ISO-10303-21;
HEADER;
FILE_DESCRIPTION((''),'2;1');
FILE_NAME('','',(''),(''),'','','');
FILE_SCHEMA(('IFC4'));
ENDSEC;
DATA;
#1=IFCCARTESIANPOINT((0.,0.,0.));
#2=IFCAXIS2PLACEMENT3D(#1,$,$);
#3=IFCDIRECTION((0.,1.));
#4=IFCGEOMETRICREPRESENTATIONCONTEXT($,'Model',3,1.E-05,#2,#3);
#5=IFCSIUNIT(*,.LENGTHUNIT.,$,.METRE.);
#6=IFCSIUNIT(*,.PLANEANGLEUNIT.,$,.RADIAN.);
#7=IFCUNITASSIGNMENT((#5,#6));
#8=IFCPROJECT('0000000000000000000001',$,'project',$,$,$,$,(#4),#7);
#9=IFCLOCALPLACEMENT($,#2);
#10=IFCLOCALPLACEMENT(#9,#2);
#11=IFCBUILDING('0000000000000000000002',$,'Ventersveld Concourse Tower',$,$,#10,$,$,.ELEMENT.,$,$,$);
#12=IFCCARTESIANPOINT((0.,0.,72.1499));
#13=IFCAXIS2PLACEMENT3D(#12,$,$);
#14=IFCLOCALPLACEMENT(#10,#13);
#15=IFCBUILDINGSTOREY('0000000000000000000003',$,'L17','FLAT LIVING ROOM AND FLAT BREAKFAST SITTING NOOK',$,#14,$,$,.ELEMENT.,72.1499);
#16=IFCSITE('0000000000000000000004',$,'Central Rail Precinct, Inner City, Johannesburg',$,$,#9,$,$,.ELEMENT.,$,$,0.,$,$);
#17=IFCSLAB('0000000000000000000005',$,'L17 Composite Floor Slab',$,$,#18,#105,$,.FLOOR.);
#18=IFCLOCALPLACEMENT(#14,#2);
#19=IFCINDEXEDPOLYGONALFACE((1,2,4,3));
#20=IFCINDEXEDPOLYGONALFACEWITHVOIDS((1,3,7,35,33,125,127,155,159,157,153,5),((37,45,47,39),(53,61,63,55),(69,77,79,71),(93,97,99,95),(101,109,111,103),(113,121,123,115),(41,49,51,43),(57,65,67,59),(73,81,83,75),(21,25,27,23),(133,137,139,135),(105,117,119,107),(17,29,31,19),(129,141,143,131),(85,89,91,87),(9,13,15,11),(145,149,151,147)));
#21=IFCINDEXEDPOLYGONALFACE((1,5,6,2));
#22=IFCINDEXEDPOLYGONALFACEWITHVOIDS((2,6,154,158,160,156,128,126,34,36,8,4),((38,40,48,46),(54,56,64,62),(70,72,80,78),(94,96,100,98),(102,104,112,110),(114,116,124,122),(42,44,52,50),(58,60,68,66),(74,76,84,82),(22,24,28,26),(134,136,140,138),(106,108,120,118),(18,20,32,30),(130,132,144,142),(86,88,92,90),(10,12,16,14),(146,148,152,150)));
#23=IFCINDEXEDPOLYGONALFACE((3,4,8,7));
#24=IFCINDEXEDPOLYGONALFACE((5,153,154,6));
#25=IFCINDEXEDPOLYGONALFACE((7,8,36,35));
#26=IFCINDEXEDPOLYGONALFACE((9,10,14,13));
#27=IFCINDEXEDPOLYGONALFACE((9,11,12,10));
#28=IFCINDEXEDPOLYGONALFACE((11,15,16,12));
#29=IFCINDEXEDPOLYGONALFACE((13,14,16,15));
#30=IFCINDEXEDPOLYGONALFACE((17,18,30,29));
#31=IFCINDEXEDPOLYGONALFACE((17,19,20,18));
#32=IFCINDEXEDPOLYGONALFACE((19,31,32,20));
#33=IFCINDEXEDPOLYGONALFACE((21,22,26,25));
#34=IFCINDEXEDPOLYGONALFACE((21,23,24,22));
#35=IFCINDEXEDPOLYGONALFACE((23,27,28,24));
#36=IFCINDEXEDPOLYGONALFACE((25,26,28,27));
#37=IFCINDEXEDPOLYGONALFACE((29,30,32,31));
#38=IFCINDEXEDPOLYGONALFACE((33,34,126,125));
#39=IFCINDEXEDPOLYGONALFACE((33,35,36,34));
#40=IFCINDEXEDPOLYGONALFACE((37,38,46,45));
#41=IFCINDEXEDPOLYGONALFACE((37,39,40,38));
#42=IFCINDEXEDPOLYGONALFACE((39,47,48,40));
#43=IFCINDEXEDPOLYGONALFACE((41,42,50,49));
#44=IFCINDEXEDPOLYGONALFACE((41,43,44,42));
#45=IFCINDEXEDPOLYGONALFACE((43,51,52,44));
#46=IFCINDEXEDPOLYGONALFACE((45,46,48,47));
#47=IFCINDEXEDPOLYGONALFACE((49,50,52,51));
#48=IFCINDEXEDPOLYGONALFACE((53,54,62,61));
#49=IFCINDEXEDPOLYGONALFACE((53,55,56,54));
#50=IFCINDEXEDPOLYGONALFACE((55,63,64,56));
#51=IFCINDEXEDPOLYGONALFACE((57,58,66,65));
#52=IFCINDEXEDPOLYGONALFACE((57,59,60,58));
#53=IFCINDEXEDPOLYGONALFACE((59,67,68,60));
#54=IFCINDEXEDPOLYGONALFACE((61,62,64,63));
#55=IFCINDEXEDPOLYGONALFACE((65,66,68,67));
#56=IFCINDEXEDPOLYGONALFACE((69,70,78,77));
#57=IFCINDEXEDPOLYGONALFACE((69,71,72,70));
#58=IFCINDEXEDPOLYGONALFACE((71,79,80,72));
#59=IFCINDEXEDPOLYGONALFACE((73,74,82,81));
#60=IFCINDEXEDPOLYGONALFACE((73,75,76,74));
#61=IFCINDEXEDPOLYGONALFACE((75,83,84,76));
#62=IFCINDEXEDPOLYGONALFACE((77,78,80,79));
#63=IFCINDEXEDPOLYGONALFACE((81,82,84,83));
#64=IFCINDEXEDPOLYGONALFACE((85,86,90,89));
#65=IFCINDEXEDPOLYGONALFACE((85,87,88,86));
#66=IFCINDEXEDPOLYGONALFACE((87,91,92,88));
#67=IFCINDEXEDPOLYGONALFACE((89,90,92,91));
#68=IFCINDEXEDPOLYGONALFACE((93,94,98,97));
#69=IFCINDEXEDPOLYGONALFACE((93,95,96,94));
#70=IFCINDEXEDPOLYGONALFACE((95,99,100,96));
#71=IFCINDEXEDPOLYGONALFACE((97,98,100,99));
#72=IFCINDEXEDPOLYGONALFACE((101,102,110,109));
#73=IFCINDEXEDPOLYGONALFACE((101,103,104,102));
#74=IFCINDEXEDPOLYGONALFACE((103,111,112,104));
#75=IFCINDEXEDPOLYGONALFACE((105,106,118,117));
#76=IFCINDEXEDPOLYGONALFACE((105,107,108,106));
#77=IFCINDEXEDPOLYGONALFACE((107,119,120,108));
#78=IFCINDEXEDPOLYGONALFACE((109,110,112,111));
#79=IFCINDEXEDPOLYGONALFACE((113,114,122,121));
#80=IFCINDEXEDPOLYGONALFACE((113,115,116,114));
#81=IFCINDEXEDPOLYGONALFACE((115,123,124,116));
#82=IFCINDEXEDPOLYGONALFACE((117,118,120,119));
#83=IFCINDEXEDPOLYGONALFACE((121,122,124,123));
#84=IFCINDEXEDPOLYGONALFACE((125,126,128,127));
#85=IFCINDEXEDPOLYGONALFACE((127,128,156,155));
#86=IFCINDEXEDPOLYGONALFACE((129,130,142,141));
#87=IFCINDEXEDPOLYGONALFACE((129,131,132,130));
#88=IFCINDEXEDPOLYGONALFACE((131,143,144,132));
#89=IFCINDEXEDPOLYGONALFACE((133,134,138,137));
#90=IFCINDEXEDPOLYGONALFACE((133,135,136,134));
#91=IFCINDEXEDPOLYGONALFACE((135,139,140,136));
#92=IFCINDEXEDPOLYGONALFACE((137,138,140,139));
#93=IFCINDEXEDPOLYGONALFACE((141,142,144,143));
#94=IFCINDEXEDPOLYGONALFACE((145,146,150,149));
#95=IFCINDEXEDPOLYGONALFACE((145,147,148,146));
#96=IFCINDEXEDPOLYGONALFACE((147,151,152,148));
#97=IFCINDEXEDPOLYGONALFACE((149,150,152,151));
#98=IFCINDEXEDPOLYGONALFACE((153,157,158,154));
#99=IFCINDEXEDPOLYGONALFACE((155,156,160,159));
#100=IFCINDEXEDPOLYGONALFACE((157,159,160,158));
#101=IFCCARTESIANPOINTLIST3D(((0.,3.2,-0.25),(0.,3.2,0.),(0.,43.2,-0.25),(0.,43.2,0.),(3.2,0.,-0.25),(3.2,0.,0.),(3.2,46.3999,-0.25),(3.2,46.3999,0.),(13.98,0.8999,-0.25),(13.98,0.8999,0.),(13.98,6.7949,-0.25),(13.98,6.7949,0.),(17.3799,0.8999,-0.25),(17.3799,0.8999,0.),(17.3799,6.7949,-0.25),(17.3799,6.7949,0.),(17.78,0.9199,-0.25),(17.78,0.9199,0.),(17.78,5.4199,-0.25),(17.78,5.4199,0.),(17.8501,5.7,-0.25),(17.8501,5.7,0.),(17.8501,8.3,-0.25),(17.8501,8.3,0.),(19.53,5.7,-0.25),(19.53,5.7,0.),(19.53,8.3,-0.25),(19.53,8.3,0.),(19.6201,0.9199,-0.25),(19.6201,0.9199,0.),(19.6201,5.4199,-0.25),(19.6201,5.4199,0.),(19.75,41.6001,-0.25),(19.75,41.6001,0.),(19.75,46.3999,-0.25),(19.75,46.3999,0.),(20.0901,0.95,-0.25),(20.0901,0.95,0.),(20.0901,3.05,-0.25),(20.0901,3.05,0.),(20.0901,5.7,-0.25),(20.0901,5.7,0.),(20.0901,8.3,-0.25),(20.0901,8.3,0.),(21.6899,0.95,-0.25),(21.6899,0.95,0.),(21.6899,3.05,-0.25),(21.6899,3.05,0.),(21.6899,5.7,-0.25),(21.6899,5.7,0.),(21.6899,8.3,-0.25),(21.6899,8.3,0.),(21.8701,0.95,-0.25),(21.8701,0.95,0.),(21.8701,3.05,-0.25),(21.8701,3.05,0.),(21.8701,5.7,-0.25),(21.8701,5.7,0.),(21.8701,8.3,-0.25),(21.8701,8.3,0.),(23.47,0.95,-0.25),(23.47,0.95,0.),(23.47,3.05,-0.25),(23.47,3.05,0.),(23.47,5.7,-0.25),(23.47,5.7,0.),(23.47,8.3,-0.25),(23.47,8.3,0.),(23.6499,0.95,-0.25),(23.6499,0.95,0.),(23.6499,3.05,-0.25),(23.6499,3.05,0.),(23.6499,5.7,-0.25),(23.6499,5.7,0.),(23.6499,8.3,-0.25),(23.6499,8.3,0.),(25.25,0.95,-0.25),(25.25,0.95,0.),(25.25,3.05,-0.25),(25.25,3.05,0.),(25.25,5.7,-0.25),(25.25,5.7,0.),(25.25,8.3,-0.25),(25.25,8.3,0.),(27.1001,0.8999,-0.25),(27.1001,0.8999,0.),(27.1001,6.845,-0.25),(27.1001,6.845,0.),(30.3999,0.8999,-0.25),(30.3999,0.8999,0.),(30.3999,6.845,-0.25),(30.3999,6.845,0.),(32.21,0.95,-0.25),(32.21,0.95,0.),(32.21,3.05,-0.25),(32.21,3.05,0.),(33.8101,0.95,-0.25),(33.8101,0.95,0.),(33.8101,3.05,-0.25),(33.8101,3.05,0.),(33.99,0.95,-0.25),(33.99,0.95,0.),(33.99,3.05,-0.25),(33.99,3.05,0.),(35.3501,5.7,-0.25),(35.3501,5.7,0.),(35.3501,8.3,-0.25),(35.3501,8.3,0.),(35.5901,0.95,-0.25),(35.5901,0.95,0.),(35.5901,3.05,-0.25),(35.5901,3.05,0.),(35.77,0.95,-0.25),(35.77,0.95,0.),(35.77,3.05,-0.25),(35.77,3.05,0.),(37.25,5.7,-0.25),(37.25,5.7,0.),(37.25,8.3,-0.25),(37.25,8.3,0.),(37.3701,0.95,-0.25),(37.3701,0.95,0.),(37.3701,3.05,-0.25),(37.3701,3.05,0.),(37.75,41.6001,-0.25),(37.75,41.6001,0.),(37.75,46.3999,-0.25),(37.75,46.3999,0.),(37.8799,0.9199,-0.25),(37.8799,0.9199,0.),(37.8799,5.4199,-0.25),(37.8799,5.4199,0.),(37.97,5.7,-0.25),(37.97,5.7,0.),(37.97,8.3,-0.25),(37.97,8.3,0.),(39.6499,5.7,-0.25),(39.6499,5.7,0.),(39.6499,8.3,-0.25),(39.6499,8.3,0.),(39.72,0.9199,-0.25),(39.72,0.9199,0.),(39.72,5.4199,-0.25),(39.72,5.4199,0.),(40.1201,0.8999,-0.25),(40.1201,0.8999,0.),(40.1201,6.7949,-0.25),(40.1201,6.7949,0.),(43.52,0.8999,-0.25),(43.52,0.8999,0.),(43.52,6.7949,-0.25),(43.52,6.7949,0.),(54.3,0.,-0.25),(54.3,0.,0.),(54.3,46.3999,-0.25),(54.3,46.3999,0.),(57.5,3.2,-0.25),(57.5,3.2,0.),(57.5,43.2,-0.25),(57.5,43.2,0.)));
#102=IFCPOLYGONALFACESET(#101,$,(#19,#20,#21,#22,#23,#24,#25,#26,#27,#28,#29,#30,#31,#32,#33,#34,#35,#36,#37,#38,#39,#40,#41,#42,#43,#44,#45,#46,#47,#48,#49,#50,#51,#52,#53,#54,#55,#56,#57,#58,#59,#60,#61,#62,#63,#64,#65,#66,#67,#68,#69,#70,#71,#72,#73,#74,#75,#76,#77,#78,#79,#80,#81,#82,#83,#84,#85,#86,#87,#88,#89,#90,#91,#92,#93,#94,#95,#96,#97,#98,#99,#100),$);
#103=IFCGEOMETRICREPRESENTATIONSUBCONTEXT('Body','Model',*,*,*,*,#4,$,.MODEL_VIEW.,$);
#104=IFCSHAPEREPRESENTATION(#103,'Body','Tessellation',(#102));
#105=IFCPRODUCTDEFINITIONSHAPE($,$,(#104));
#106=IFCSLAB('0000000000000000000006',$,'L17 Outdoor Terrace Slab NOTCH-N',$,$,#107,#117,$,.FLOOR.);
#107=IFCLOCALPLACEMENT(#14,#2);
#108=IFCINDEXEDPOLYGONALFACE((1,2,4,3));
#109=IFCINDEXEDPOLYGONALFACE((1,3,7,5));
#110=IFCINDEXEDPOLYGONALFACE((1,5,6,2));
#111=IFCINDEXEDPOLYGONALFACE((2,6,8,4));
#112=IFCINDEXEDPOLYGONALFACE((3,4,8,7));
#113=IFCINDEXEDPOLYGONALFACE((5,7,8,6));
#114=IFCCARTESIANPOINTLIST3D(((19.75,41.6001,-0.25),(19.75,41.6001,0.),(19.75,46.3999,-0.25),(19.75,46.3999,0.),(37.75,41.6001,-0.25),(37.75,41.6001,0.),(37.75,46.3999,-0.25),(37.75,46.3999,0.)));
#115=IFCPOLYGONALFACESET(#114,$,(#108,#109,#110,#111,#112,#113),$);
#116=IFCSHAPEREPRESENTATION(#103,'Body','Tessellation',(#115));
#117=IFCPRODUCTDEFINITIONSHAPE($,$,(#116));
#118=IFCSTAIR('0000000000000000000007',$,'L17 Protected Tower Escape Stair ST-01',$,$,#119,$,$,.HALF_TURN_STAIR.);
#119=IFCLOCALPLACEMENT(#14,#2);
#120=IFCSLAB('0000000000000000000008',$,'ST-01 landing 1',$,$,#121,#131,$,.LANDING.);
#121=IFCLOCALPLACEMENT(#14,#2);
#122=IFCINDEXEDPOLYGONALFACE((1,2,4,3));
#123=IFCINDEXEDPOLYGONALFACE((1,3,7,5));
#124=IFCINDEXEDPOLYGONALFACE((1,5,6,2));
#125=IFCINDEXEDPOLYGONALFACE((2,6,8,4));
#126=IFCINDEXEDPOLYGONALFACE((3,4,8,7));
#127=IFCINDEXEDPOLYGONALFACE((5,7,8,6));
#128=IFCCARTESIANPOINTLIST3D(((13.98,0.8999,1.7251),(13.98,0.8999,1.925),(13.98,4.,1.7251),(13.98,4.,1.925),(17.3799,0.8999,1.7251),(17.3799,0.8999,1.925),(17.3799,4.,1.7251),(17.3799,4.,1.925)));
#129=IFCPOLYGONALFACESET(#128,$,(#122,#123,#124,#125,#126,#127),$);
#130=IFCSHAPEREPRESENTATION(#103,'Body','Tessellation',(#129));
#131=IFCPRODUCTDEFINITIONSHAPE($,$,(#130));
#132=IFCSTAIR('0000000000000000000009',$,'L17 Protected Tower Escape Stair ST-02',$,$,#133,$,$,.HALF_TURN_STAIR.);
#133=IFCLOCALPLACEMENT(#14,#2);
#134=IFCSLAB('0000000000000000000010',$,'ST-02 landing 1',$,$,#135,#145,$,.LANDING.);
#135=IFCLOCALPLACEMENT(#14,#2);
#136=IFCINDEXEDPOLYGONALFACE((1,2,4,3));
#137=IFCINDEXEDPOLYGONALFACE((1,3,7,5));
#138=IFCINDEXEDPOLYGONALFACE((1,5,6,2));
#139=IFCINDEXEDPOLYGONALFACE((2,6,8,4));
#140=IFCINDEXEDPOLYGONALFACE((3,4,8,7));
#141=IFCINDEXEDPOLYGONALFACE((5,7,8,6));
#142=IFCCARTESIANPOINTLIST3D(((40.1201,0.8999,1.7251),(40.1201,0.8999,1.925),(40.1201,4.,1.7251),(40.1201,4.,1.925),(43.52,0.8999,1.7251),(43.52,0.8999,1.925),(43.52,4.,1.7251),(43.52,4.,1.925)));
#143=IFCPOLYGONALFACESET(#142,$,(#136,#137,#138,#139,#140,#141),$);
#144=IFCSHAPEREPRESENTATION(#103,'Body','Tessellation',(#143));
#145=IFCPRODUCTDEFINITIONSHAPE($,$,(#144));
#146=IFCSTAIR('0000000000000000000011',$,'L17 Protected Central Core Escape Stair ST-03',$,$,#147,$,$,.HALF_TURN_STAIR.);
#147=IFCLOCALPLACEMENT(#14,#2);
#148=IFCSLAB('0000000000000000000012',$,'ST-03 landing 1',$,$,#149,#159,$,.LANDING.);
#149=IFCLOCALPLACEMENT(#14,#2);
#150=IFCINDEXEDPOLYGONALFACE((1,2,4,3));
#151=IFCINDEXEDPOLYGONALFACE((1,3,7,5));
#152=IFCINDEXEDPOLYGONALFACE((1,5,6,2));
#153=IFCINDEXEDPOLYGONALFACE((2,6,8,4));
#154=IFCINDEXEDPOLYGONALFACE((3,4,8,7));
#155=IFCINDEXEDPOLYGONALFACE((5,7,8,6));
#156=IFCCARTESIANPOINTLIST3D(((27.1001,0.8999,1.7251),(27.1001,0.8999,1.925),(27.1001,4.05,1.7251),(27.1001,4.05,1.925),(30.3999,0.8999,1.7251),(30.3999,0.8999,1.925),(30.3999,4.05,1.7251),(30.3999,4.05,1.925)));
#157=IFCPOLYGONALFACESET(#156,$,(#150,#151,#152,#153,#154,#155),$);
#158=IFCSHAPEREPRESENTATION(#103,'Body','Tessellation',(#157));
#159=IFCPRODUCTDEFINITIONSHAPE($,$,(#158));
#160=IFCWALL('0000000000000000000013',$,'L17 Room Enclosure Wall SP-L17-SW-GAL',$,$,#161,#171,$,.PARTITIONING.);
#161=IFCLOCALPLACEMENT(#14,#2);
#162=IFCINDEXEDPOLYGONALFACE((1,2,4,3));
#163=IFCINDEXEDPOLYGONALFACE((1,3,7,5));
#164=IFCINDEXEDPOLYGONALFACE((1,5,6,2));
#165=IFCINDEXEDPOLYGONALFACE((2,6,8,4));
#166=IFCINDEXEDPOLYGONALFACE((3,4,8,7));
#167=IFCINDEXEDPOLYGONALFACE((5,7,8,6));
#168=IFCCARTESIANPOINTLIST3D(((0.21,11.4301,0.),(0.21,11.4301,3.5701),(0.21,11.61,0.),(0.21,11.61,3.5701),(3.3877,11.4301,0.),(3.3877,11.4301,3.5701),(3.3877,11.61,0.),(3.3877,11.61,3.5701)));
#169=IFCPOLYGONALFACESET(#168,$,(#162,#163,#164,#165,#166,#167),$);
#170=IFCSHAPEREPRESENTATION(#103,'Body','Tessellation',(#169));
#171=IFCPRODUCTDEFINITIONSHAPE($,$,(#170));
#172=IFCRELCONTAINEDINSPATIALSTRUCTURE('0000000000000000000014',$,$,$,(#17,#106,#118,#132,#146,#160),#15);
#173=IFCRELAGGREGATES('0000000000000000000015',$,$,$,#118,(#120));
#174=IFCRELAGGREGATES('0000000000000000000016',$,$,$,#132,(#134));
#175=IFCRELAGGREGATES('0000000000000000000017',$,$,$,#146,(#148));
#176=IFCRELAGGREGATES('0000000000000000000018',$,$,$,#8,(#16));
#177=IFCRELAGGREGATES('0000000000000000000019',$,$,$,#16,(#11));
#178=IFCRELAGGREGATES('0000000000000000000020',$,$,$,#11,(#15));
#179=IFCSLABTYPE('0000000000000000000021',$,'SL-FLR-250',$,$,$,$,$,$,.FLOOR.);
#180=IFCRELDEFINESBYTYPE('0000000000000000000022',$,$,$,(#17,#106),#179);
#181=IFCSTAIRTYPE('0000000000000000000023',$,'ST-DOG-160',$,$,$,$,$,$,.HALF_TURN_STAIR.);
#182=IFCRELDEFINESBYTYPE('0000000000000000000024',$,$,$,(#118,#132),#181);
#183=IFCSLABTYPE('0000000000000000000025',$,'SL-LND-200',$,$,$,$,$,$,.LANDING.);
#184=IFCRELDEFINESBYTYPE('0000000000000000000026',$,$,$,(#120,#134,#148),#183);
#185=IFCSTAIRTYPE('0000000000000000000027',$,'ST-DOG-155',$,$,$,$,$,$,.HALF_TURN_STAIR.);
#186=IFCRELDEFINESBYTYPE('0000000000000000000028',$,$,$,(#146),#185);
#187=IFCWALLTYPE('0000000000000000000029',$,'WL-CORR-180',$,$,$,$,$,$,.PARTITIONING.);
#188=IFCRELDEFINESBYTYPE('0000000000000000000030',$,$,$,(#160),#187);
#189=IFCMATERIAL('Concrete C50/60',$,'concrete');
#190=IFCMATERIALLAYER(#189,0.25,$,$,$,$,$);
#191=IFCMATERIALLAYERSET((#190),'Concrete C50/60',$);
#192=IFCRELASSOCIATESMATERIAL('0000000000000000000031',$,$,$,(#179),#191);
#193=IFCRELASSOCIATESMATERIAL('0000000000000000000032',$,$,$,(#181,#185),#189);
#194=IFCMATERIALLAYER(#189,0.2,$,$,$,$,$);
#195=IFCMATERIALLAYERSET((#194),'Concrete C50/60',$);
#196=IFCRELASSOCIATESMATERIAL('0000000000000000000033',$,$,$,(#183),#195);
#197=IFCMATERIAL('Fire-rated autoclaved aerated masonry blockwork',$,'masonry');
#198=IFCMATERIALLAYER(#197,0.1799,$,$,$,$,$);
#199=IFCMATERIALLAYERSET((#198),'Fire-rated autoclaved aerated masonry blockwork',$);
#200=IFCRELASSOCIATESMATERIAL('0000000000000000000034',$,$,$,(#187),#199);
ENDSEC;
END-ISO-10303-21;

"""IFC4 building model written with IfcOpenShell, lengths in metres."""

from ifc_helpers import new_model, si_unit, direction, frame, frame_2d, origin, place, context, subcontext, project, spatial, polyline, rectangle, outline, extrude, material, layer, layer_set, type_object, element, aggregate, save


model = new_model("IFC4")

# Units and contexts
model_context = context("Model", 3, precision=1e-05, world=origin(), true_north=direction((0.0, 1.0)))
body_context = subcontext(model_context, "Body", "Model", "MODEL_VIEW")
ifc_project = project(units=[si_unit("LENGTHUNIT", "METRE"), si_unit("PLANEANGLEUNIT", "RADIAN")], contexts=[model_context])

# Site, building, storey
site_placement = place(None, origin())
site = spatial("IfcSite", under=ifc_project, at=site_placement, Name="Central Rail Precinct, Inner City, Johannesburg", CompositionType="ELEMENT", RefElevation=0.0)
building_placement = place(site_placement, origin())
building = spatial("IfcBuilding", under=site, at=building_placement, Name="Ventersveld Concourse Tower", CompositionType="ELEMENT")
storey_placement = place(building_placement, frame((0.0, 0.0, 72.1499)))
storey = spatial("IfcBuildingStorey", under=building, at=storey_placement, Name="L17", Description="FLAT LIVING ROOM AND FLAT BREAKFAST SITTING NOOK", CompositionType="ELEMENT", Elevation=72.1499)

# Slabs
ifc_material_1 = material(Name="Concrete C50/60", Category="concrete")
ifc_layer_1 = layer(ifc_material_1, 0.25)
ifc_layer_set_1 = layer_set([ifc_layer_1], Name="Concrete C50/60")
slab_type_1 = type_object("IfcSlabType", Name="SL-FLR-250", PredefinedType="FLOOR", material=ifc_layer_set_1)
slab_1_placement = place(storey_placement, frame((0.0, 0.0, -0.25)))
element("IfcSlab", 1, at=slab_1_placement, inside=storey, type_object=slab_type_1, Name="L17 Composite Floor Slab", PredefinedType="FLOOR", context=body_context, shape_type="SweptSolid", body=[
    extrude(outline(polyline([(3.2, 0.0), (54.3, 0.0), (57.5, 3.2), (57.5, 43.2), (54.3, 46.3999), (37.75, 46.3999), (37.75, 41.6001), (19.75, 41.6001), (19.75, 46.3999), (3.2, 46.3999), (0.0, 43.2), (0.0, 3.2), (3.2, 0.0)]), holes=[polyline([(13.98, 6.7949), (13.98, 0.8999), (17.3799, 0.8999), (17.3799, 6.7949), (13.98, 6.7949)]), polyline([(40.1201, 6.7949), (40.1201, 0.8999), (43.52, 0.8999), (43.52, 6.7949), (40.1201, 6.7949)]), polyline([(27.1001, 6.845), (27.1001, 0.8999), (30.3999, 0.8999), (30.3999, 6.845), (27.1001, 6.845)]), polyline([(17.8501, 5.7), (19.53, 5.7), (19.53, 8.3), (17.8501, 8.3), (17.8501, 5.7)]), polyline([(37.97, 5.7), (39.6499, 5.7), (39.6499, 8.3), (37.97, 8.3), (37.97, 5.7)]), polyline([(35.3501, 5.7), (37.25, 5.7), (37.25, 8.3), (35.3501, 8.3), (35.3501, 5.7)]), polyline([(20.0901, 0.95), (21.6899, 0.95), (21.6899, 3.05), (20.0901, 3.05), (20.0901, 0.95)]), polyline([(21.8701, 0.95), (23.47, 0.95), (23.47, 3.05), (21.8701, 3.05), (21.8701, 0.95)]), polyline([(23.6499, 0.95), (25.25, 0.95), (25.25, 3.05), (23.6499, 3.05), (23.6499, 0.95)]), polyline([(32.21, 0.95), (33.8101, 0.95), (33.8101, 3.05), (32.21, 3.05), (32.21, 0.95)]), polyline([(33.99, 0.95), (35.5901, 0.95), (35.5901, 3.05), (33.99, 3.05), (33.99, 0.95)]), polyline([(35.77, 0.95), (37.3701, 0.95), (37.3701, 3.05), (35.77, 3.05), (35.77, 0.95)]), polyline([(20.0901, 5.7), (21.6899, 5.7), (21.6899, 8.3), (20.0901, 8.3), (20.0901, 5.7)]), polyline([(21.8701, 5.7), (23.47, 5.7), (23.47, 8.3), (21.8701, 8.3), (21.8701, 5.7)]), polyline([(23.6499, 5.7), (25.25, 5.7), (25.25, 8.3), (23.6499, 8.3), (23.6499, 5.7)]), polyline([(17.78, 0.9199), (19.6201, 0.9199), (19.6201, 5.4199), (17.78, 5.4199), (17.78, 0.9199)]), polyline([(37.8799, 0.9199), (39.72, 0.9199), (39.72, 5.4199), (37.8799, 5.4199), (37.8799, 0.9199)])]), origin(), (0.0, 0.0, 1.0), 0.25),
])
slab_2_placement = place(storey_placement, frame((0.0, 0.0, -0.25)))
element("IfcSlab", 2, at=slab_2_placement, inside=storey, type_object=slab_type_1, Name="L17 Outdoor Terrace Slab NOTCH-N", PredefinedType="FLOOR", context=body_context, shape_type="SweptSolid", body=[
    extrude(outline(polyline([(19.75, 41.6001), (37.75, 41.6001), (37.75, 46.3999), (19.75, 46.3999), (19.75, 41.6001)])), origin(), (0.0, 0.0, 1.0), 0.25),
])

# Stairs, slabs
stair_type_1 = type_object("IfcStairType", Name="ST-DOG-160", PredefinedType="HALF_TURN_STAIR", material=ifc_material_1)
stair_1_placement = place(storey_placement, origin())
stair_1 = element("IfcStair", 3, at=stair_1_placement, inside=storey, type_object=stair_type_1, Name="L17 Protected Tower Escape Stair ST-01", PredefinedType="HALF_TURN_STAIR")
ifc_layer_2 = layer(ifc_material_1, 0.2)
ifc_layer_set_2 = layer_set([ifc_layer_2], Name="Concrete C50/60")
slab_type_2 = type_object("IfcSlabType", Name="SL-LND-200", PredefinedType="LANDING", material=ifc_layer_set_2)
slab_3_placement = place(storey_placement, frame((0.0, 0.0, 1.7251)))
slab_3 = element("IfcSlab", 4, at=slab_3_placement, type_object=slab_type_2, Name="ST-01 landing 1", PredefinedType="LANDING", context=body_context, shape_type="SweptSolid", body=[
    extrude(outline(polyline([(13.98, 4.0), (13.98, 0.8999), (17.3799, 0.8999), (17.3799, 4.0), (13.98, 4.0)])), origin(), (0.0, 0.0, 1.0), 0.2),
])
aggregate(stair_1, [slab_3])
stair_2_placement = place(storey_placement, origin())
stair_2 = element("IfcStair", 5, at=stair_2_placement, inside=storey, type_object=stair_type_1, Name="L17 Protected Tower Escape Stair ST-02", PredefinedType="HALF_TURN_STAIR")
slab_4_placement = place(storey_placement, frame((0.0, 0.0, 1.7251)))
slab_4 = element("IfcSlab", 6, at=slab_4_placement, type_object=slab_type_2, Name="ST-02 landing 1", PredefinedType="LANDING", context=body_context, shape_type="SweptSolid", body=[
    extrude(outline(polyline([(40.1201, 4.0), (40.1201, 0.8999), (43.52, 0.8999), (43.52, 4.0), (40.1201, 4.0)])), origin(), (0.0, 0.0, 1.0), 0.2),
])
aggregate(stair_2, [slab_4])
stair_type_2 = type_object("IfcStairType", Name="ST-DOG-155", PredefinedType="HALF_TURN_STAIR", material=ifc_material_1)
stair_3_placement = place(storey_placement, origin())
stair_3 = element("IfcStair", 7, at=stair_3_placement, inside=storey, type_object=stair_type_2, Name="L17 Protected Central Core Escape Stair ST-03", PredefinedType="HALF_TURN_STAIR")
slab_5_placement = place(storey_placement, frame((0.0, 0.0, 1.7251)))
slab_5 = element("IfcSlab", 8, at=slab_5_placement, type_object=slab_type_2, Name="ST-03 landing 1", PredefinedType="LANDING", context=body_context, shape_type="SweptSolid", body=[
    extrude(outline(polyline([(27.1001, 4.05), (27.1001, 0.8999), (30.3999, 0.8999), (30.3999, 4.05), (27.1001, 4.05)])), origin(), (0.0, 0.0, 1.0), 0.2),
])
aggregate(stair_3, [slab_5])

# Wall
ifc_material_2 = material(Name="Fire-rated autoclaved aerated masonry blockwork", Category="masonry")
ifc_layer_3 = layer(ifc_material_2, 0.1799)
ifc_layer_set_3 = layer_set([ifc_layer_3], Name="Fire-rated autoclaved aerated masonry blockwork")
wall_type_1 = type_object("IfcWallType", Name="WL-CORR-180", PredefinedType="PARTITIONING", material=ifc_layer_set_3)
wall_1_placement = place(storey_placement, frame((0.21, 11.52, 0.0), z_axis=(0.0, 0.0, 1.0), x_axis=(1.0, 0.0, 0.0)))
element("IfcWall", 9, at=wall_1_placement, inside=storey, type_object=wall_type_1, Name="L17 Room Enclosure Wall SP-L17-SW-GAL", PredefinedType="PARTITIONING", context=body_context, shape_type="SweptSolid", body=[
    extrude(rectangle(XDim=3.1777, YDim=0.1799, at=frame_2d((1.5889, 0.0))), origin(), (0.0, 0.0, 1.0), 3.5701),
])

save(model, "model.ifc")
